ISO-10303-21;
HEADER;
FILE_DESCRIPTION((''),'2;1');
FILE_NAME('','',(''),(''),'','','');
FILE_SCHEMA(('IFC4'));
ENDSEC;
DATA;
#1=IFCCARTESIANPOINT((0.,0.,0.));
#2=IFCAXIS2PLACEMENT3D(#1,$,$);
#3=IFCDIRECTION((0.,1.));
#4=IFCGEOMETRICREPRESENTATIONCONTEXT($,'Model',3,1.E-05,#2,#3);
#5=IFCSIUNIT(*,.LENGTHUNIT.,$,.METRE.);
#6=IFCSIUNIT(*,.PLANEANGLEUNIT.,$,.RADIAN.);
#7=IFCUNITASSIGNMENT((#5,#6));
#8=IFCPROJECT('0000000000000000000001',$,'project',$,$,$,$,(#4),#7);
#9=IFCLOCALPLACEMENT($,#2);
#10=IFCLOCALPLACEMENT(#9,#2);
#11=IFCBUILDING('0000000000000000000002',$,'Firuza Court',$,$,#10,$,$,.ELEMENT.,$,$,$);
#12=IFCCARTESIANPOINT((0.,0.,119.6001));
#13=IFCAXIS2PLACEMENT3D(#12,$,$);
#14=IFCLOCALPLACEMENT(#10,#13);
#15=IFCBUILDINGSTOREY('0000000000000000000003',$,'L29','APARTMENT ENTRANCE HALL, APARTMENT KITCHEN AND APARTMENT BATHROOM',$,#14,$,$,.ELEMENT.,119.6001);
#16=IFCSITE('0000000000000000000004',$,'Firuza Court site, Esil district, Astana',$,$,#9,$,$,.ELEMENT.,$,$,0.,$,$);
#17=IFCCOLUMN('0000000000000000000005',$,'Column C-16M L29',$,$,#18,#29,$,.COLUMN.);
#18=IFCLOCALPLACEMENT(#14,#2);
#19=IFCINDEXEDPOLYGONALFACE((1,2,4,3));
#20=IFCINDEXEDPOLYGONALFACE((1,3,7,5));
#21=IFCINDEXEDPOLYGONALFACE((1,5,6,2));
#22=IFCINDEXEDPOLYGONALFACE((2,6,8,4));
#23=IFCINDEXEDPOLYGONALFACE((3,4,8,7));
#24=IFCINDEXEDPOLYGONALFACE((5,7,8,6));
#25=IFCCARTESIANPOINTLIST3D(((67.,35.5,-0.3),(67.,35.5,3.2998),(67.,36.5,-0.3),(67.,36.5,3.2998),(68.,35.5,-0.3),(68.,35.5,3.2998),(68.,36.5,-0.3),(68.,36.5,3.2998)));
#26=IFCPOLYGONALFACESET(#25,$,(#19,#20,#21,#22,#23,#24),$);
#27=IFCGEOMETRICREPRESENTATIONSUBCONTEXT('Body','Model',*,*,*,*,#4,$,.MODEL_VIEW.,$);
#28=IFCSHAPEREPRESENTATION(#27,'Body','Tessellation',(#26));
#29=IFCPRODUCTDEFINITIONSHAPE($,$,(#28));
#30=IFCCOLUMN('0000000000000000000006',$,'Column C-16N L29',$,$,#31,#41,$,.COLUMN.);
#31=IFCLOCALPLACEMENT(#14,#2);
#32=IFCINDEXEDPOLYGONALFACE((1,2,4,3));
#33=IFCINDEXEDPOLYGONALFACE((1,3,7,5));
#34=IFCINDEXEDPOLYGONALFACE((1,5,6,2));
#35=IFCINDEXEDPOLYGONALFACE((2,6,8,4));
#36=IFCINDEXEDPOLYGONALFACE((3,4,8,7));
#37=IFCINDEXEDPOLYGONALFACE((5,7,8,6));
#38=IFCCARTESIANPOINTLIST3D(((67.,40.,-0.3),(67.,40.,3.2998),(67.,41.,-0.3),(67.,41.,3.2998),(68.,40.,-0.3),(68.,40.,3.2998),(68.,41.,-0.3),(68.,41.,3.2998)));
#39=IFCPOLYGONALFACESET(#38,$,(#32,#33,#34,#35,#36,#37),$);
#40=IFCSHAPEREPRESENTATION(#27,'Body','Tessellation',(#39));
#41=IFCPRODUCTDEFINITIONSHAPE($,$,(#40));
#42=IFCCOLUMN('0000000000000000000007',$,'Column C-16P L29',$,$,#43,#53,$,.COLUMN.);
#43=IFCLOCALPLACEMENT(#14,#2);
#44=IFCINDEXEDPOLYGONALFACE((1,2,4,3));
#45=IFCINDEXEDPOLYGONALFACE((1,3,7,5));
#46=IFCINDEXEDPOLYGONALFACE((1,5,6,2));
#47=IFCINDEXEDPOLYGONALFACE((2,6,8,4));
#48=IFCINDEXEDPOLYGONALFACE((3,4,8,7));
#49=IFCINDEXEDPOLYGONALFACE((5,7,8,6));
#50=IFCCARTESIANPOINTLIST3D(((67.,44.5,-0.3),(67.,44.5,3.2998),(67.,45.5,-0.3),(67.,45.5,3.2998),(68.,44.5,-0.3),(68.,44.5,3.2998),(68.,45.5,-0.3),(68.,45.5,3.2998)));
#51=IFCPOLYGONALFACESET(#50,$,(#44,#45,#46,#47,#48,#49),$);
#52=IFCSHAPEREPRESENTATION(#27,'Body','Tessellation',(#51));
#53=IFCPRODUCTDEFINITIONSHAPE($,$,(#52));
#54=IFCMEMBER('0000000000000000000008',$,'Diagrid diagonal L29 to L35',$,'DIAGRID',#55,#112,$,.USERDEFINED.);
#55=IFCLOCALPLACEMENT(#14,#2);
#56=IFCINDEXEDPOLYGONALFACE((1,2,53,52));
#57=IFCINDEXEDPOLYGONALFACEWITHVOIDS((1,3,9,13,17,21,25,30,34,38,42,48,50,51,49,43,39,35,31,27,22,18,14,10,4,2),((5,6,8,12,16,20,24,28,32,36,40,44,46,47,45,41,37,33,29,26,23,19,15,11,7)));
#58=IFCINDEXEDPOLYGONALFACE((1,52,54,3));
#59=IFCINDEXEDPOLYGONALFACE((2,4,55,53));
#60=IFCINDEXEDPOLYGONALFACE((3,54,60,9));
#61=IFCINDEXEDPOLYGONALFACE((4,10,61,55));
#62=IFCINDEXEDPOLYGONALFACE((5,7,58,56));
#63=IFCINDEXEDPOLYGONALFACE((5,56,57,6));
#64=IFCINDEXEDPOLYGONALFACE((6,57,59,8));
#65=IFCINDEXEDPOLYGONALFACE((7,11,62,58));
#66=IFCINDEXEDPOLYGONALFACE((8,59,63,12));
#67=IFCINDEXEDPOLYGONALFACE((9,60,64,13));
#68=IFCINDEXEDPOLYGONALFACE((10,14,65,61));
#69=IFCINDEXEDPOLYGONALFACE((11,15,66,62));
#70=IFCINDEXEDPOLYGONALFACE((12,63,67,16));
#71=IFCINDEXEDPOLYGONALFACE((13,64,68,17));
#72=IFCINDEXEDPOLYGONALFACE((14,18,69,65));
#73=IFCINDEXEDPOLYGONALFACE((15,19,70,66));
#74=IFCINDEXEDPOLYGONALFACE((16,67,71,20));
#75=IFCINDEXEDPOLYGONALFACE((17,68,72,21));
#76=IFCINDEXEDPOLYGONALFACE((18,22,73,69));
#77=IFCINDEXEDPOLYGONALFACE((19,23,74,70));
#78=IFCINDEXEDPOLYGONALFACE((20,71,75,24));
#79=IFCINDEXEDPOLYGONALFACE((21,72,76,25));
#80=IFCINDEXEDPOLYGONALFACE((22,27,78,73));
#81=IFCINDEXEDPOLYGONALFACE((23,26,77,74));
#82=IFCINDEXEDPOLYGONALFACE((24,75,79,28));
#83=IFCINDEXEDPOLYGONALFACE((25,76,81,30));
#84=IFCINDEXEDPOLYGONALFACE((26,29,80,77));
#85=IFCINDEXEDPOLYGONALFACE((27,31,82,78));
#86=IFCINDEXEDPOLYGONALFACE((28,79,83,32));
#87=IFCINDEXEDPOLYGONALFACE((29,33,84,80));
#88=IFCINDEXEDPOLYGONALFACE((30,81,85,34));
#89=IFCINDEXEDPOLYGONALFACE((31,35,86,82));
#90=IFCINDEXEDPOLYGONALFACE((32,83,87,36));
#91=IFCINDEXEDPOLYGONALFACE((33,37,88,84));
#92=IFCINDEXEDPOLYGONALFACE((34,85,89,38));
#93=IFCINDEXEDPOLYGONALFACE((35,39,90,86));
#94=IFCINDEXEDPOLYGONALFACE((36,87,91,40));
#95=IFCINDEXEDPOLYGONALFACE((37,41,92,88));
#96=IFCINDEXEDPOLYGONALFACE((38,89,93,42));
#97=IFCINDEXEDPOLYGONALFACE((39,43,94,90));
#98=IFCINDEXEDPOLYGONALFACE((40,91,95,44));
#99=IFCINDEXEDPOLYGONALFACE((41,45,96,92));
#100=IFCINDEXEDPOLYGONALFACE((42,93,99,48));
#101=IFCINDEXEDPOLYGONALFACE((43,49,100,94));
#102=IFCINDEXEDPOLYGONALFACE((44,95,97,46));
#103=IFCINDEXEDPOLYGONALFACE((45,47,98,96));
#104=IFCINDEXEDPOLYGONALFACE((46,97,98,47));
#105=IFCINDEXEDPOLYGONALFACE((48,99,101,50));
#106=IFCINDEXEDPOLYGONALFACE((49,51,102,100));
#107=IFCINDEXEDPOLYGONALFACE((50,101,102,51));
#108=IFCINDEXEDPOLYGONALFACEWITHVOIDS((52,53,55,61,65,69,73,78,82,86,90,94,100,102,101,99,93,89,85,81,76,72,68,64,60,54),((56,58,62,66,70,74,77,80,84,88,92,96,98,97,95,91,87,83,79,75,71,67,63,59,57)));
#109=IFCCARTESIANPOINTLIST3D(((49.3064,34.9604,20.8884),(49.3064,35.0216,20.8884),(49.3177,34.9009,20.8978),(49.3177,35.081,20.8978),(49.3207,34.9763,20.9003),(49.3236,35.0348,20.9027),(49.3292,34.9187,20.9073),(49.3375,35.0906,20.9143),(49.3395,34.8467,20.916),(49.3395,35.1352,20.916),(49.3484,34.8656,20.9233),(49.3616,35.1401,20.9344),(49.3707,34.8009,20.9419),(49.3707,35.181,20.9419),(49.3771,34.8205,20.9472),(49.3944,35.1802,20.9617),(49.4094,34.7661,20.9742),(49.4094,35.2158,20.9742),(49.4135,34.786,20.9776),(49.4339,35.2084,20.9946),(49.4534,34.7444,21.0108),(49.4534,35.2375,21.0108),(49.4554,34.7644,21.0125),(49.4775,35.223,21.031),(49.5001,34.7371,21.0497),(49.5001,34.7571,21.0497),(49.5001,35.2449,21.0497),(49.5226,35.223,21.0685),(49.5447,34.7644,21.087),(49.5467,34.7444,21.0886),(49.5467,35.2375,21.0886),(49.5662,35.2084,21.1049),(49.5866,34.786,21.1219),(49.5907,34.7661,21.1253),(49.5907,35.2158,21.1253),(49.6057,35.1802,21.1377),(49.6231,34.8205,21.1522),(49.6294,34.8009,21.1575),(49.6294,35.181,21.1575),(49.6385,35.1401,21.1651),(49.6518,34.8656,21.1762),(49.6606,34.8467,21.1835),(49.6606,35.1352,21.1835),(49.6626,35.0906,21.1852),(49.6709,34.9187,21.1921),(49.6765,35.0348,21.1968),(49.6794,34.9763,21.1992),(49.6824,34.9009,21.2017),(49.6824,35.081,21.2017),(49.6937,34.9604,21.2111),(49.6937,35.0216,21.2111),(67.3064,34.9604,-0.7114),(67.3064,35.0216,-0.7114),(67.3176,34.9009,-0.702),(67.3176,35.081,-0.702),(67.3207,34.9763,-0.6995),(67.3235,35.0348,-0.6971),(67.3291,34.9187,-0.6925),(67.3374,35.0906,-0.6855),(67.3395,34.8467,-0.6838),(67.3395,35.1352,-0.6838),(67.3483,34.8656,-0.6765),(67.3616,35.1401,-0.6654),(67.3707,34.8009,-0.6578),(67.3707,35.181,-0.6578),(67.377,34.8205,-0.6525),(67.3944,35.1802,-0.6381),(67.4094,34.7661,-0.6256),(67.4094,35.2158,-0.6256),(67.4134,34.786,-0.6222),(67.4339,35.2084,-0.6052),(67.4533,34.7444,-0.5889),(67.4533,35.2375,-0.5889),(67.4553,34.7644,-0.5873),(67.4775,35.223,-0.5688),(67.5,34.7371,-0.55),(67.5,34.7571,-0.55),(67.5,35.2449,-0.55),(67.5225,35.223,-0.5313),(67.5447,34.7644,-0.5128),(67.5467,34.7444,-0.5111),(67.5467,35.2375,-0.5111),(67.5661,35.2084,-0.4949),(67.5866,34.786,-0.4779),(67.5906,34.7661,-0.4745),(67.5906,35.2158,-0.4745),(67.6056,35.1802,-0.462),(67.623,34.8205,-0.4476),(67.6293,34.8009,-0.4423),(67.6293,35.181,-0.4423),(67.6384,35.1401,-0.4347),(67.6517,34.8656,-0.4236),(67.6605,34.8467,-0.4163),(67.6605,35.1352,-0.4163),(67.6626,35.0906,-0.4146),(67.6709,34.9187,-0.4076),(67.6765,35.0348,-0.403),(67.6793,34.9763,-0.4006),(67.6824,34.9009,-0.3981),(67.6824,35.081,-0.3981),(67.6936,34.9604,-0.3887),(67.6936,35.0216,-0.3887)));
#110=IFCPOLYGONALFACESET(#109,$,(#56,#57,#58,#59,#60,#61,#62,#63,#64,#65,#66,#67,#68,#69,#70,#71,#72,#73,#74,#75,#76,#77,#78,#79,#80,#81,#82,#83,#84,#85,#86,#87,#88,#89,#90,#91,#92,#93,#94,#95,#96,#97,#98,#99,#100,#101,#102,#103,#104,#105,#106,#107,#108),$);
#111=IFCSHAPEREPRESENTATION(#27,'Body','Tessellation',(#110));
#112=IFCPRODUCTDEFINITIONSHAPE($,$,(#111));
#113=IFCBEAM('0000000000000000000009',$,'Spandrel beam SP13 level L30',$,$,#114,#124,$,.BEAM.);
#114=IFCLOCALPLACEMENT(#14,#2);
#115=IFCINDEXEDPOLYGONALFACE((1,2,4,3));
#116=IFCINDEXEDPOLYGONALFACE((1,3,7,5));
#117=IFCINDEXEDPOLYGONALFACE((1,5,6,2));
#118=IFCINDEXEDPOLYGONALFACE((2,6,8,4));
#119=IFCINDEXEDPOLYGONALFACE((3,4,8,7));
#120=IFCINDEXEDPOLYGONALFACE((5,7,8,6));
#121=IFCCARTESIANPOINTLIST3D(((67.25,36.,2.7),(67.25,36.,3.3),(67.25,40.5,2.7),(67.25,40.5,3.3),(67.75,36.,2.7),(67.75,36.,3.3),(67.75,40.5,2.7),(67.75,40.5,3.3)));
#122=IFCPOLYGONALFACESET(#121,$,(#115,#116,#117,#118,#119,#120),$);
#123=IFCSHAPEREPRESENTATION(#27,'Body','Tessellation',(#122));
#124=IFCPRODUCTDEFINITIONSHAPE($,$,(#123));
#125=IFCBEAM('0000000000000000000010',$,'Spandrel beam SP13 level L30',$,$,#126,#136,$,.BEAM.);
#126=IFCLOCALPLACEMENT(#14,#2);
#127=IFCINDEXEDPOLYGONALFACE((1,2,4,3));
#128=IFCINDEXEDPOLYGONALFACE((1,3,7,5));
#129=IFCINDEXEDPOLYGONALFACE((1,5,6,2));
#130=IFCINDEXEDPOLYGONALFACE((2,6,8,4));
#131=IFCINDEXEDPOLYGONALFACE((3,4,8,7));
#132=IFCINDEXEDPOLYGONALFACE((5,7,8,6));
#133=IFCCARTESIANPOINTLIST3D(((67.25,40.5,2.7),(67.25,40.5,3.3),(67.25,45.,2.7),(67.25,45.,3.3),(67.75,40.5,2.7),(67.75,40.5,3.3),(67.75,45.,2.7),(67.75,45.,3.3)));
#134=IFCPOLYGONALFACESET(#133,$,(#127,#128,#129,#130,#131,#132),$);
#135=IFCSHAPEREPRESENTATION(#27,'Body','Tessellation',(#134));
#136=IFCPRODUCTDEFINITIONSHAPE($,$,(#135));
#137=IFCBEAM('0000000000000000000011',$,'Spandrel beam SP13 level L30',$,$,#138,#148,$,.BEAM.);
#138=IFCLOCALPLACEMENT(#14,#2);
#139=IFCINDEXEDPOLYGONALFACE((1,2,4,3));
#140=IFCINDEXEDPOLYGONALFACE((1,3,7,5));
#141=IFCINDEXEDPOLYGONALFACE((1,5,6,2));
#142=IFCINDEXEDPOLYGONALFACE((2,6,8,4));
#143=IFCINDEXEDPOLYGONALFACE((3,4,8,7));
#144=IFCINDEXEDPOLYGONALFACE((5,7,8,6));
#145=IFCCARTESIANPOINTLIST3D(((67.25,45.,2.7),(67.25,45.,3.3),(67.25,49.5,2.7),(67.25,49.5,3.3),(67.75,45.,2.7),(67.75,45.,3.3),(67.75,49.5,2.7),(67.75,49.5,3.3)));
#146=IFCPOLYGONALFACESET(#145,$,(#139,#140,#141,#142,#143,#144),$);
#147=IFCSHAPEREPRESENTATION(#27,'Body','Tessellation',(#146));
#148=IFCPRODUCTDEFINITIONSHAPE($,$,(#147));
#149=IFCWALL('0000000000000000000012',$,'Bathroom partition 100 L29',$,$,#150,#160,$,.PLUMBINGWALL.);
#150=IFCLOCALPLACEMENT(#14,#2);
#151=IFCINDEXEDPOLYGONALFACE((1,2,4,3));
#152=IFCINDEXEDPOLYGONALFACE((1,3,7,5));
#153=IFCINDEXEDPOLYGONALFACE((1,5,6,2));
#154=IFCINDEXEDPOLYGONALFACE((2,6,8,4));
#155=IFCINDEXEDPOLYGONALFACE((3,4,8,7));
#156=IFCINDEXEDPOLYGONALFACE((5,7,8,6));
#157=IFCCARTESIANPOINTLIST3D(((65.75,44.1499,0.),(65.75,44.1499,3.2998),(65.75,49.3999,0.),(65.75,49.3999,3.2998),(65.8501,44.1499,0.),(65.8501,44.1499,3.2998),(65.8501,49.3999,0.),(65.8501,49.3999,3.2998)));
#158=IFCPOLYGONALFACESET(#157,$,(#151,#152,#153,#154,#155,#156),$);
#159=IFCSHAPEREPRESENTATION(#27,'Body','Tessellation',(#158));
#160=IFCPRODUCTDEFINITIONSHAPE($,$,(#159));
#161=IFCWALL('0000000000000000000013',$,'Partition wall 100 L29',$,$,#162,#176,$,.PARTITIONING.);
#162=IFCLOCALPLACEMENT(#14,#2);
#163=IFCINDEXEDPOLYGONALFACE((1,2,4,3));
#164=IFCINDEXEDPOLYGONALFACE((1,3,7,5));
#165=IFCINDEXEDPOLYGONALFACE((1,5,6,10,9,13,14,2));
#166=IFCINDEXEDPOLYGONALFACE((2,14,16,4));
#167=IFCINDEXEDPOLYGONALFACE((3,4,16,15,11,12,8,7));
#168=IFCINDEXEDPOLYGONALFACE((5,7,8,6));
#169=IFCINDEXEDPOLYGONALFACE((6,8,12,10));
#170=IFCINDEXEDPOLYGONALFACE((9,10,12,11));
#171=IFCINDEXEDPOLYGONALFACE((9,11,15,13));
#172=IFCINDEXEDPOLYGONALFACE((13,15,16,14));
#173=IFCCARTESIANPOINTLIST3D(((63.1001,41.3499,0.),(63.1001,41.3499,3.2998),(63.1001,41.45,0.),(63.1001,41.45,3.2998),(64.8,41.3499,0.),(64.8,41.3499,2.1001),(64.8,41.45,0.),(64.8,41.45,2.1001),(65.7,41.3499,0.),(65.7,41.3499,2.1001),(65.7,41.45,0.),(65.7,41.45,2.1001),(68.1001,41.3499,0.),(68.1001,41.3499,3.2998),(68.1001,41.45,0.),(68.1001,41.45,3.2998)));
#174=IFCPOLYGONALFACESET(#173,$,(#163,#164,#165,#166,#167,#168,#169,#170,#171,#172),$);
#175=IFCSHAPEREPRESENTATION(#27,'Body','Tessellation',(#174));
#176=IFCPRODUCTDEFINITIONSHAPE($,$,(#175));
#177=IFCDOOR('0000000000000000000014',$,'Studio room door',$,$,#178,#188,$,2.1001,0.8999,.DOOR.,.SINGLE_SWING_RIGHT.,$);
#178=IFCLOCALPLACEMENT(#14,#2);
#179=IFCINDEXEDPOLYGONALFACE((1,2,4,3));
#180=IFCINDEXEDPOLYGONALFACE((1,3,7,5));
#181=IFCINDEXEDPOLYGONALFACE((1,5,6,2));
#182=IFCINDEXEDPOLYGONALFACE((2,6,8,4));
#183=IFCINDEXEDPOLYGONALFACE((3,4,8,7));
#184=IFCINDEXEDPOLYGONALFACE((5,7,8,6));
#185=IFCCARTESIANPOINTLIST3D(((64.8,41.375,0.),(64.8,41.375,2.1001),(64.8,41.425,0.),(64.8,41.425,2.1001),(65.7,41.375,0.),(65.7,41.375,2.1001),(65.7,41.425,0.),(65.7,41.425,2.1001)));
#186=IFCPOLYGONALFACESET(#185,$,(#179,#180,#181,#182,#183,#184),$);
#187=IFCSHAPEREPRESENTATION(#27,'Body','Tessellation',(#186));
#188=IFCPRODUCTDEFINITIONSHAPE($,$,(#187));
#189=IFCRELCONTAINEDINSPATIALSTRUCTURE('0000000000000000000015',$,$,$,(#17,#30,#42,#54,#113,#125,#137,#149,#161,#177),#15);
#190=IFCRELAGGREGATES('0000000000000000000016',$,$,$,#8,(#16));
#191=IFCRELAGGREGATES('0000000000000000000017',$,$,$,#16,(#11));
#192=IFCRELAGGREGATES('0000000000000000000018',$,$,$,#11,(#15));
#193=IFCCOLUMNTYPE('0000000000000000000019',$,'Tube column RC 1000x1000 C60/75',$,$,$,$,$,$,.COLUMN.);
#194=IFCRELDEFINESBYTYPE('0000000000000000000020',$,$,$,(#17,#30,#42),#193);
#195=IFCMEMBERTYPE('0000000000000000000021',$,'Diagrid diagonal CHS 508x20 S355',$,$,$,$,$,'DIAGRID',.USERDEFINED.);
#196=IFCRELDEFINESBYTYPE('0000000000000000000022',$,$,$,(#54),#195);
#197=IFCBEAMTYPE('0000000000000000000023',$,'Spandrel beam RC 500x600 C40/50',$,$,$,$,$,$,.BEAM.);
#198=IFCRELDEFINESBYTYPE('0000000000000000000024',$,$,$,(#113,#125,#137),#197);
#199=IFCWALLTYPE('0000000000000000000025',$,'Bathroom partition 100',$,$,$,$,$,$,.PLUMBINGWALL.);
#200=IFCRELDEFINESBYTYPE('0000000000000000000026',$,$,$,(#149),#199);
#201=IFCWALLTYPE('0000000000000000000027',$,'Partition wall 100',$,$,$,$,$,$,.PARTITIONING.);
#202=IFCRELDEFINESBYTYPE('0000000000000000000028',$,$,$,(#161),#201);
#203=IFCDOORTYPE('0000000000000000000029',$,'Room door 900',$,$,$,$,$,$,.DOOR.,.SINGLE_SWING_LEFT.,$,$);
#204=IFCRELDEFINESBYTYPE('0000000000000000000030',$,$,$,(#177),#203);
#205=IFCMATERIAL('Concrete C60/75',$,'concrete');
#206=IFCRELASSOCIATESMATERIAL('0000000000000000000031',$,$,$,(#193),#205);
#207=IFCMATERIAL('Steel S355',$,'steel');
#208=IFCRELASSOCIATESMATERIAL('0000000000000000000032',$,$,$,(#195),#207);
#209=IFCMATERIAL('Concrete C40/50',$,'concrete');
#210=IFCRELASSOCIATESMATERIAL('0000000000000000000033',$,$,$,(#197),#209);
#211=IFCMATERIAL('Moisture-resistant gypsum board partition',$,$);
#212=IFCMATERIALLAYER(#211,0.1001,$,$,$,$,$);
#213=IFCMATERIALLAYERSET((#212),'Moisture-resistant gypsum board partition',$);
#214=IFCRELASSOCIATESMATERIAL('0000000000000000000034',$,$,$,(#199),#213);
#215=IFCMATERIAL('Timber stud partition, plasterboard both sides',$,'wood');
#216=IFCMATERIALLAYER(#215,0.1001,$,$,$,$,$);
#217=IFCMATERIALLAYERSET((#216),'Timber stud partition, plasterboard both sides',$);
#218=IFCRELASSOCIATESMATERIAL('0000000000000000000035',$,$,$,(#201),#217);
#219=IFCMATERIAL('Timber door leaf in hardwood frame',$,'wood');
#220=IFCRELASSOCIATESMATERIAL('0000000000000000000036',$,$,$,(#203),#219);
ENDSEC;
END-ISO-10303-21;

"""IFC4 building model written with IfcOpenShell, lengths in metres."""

from ifc_helpers import new_model, si_unit, direction, frame, frame_2d, origin, origin_2d, place, context, subcontext, project, spatial, rectangle, hollow_circle, extrude, material, layer, layer_set, material_profile, profile_set, type_object, element, fill, save


model = new_model("IFC4")

# Units and contexts
model_context = context("Model", 3, precision=1e-05, world=origin(), true_north=direction((0.0, 1.0)))
body_context = subcontext(model_context, "Body", "Model", "MODEL_VIEW")
ifc_project = project(units=[si_unit("LENGTHUNIT", "METRE"), si_unit("PLANEANGLEUNIT", "RADIAN")], contexts=[model_context])

# Site, building, storey
site_placement = place(None, origin())
site = spatial("IfcSite", under=ifc_project, at=site_placement, Name="Firuza Court site, Esil district, Astana", CompositionType="ELEMENT", RefElevation=0.0)
building_placement = place(site_placement, origin())
building = spatial("IfcBuilding", under=site, at=building_placement, Name="Firuza Court", CompositionType="ELEMENT")
storey_placement = place(building_placement, frame((0.0, 0.0, 119.6001)))
storey = spatial("IfcBuildingStorey", under=building, at=storey_placement, Name="L29", Description="APARTMENT ENTRANCE HALL, APARTMENT KITCHEN AND APARTMENT BATHROOM", CompositionType="ELEMENT", Elevation=119.6001)

# Columns
ifc_material_1 = material(Name="Concrete C60/75", Category="concrete")
ifc_material_profile_1 = material_profile(ifc_material_1, rectangle(XDim=1.0, YDim=1.0, at=origin_2d()), Name="RC 1000x1000")
ifc_profile_set_1 = profile_set([ifc_material_profile_1], Name="Concrete C60/75")
column_type = type_object("IfcColumnType", Name="Tube column RC 1000x1000 C60/75", PredefinedType="COLUMN", material=ifc_profile_set_1)
for number, where, z_axis, x_axis, name in (
    (1, (67.5, 36.0, -0.3), (0.0, 0.0, 1.0), (1.0, 0.0, 0.0), "Column C-16M L29"),
    (2, (67.5, 40.5, -0.3), (0.0, 0.0, 1.0), (1.0, 0.0, 0.0), "Column C-16N L29"),
    (3, (67.5, 45.0, -0.3), (0.0, 0.0, 1.0), (1.0, 0.0, 0.0), "Column C-16P L29"),
):
    element("IfcColumn", number, at=place(storey_placement, frame(where, z_axis=z_axis, x_axis=x_axis)), inside=storey, type_object=column_type, Name=name, PredefinedType="COLUMN", context=body_context, shape_type="SweptSolid", body=[
        extrude(rectangle(XDim=1.0, YDim=1.0, at=origin_2d()), origin(), (0.0, 0.0, 1.0), 3.5999),
    ])

# Member
ifc_material_2 = material(Name="Steel S355", Category="steel")
ifc_material_profile_2 = material_profile(ifc_material_2, hollow_circle(Radius=0.2539, WallThickness=0.02, at=origin_2d()), Name="CHS 508x20")
ifc_profile_set_2 = profile_set([ifc_material_profile_2], Name="Steel S355")
member_type = type_object("IfcMemberType", Name="Diagrid diagonal CHS 508x20 S355", ElementType="DIAGRID", PredefinedType="USERDEFINED", material=ifc_profile_set_2)
member_placement = place(storey_placement, frame((67.5, 34.991, -0.55), z_axis=(-0.640187, 0.0, 0.768219), x_axis=(0.0, -1.0, 0.0)))
element("IfcMember", 4, at=member_placement, inside=storey, type_object=member_type, Name="Diagrid diagonal L29 to L35", ObjectType="DIAGRID", PredefinedType="USERDEFINED", context=body_context, shape_type="SweptSolid", body=[
    extrude(hollow_circle(Radius=0.2539, WallThickness=0.02, at=origin_2d()), origin(), (0.0, 0.0, 1.0), 28.1167),
])

# Beams
ifc_material_3 = material(Name="Concrete C40/50", Category="concrete")
ifc_material_profile_3 = material_profile(ifc_material_3, rectangle(XDim=0.5, YDim=0.6001, at=origin_2d()), Name="RC 500x600")
ifc_profile_set_3 = profile_set([ifc_material_profile_3], Name="Concrete C40/50")
beam_type = type_object("IfcBeamType", Name="Spandrel beam RC 500x600 C40/50", PredefinedType="BEAM", material=ifc_profile_set_3)
for number, where, z_axis, x_axis, name in (
    (5, (67.5, 36.0, 3.0), (0.0, 1.0, 0.0), (-1.0, 0.0, 0.0), "Spandrel beam SP13 level L30"),
    (6, (67.5, 40.5, 3.0), (0.0, 1.0, 0.0), (-1.0, 0.0, 0.0), "Spandrel beam SP13 level L30"),
    (7, (67.5, 45.0, 3.0), (0.0, 1.0, 0.0), (-1.0, 0.0, 0.0), "Spandrel beam SP13 level L30"),
):
    element("IfcBeam", number, at=place(storey_placement, frame(where, z_axis=z_axis, x_axis=x_axis)), inside=storey, type_object=beam_type, Name=name, PredefinedType="BEAM", context=body_context, shape_type="SweptSolid", body=[
        extrude(rectangle(XDim=0.5, YDim=0.6001, at=origin_2d()), origin(), (0.0, 0.0, 1.0), 4.5),
    ])

# Wall
ifc_material_4 = material(Name="Moisture-resistant gypsum board partition")
ifc_layer_1 = layer(ifc_material_4, 0.1001)
ifc_layer_set_1 = layer_set([ifc_layer_1], Name="Moisture-resistant gypsum board partition")
wall_type_1 = type_object("IfcWallType", Name="Bathroom partition 100", PredefinedType="PLUMBINGWALL", material=ifc_layer_set_1)
wall_1_placement = place(storey_placement, frame((65.8, 44.1499, 0.0), z_axis=(0.0, 0.0, 1.0), x_axis=(0.0, 1.0, 0.0)))
element("IfcWall", 8, at=wall_1_placement, inside=storey, type_object=wall_type_1, Name="Bathroom partition 100 L29", PredefinedType="PLUMBINGWALL", context=body_context, shape_type="SweptSolid", body=[
    extrude(rectangle(XDim=5.25, YDim=0.1001, at=frame_2d((2.625, 0.0))), origin(), (0.0, 0.0, 1.0), 3.2998),
])

# Wall, opening, door
ifc_material_5 = material(Name="Timber stud partition, plasterboard both sides", Category="wood")
ifc_layer_2 = layer(ifc_material_5, 0.1001)
ifc_layer_set_2 = layer_set([ifc_layer_2], Name="Timber stud partition, plasterboard both sides")
wall_type_2 = type_object("IfcWallType", Name="Partition wall 100", PredefinedType="PARTITIONING", material=ifc_layer_set_2)
wall_2_placement = place(storey_placement, frame((63.1001, 41.3999, 0.0), z_axis=(0.0, 0.0, 1.0), x_axis=(1.0, 0.0, 0.0)))
wall_2 = element("IfcWall", 9, at=wall_2_placement, inside=storey, type_object=wall_type_2, Name="Partition wall 100 L29", PredefinedType="PARTITIONING", context=body_context, shape_type="SweptSolid", body=[
    extrude(rectangle(XDim=5.0, YDim=0.1001, at=frame_2d((2.5, 0.0))), origin(), (0.0, 0.0, 1.0), 3.2998),
])
opening_1_placement = place(wall_2_placement, frame((1.7, 0.0, 0.0)))
opening_1 = element("IfcOpeningElement", 10, at=opening_1_placement, cuts=wall_2, PredefinedType="OPENING", context=body_context, shape_type="SweptSolid", body=[
    extrude(rectangle(XDim=0.8999, YDim=2.1001, at=frame_2d((0.45, 1.05))), frame((0.0, 0.062, 0.0), z_axis=(0.0, -1.0, 0.0), x_axis=(1.0, 0.0, 0.0)), (0.0, 0.0, 1.0), 0.124),
])
ifc_material_6 = material(Name="Timber door leaf in hardwood frame", Category="wood")
door_type_1 = type_object("IfcDoorType", Name="Room door 900", OperationType="SINGLE_SWING_LEFT", PredefinedType="DOOR", material=ifc_material_6)
door_1_placement = place(opening_1_placement, frame((0.8999, 0.0, 0.0), z_axis=(0.0, 0.0, 1.0), x_axis=(-1.0, 0.0, 0.0)))
door_1 = element("IfcDoor", 11, at=door_1_placement, inside=storey, type_object=door_type_1, Name="Studio room door", OperationType="SINGLE_SWING_RIGHT", OverallHeight=2.1001, OverallWidth=0.8999, PredefinedType="DOOR", context=body_context, shape_type="SweptSolid", body=[
    extrude(rectangle(XDim=0.8999, YDim=2.1001, at=frame_2d((0.45, 1.05))), frame((0.0, 0.0249, 0.0), z_axis=(0.0, -1.0, 0.0), x_axis=(1.0, 0.0, 0.0)), (0.0, 0.0, 1.0), 0.05),
])
fill(opening_1, door_1)

save(model, "model.ifc")
